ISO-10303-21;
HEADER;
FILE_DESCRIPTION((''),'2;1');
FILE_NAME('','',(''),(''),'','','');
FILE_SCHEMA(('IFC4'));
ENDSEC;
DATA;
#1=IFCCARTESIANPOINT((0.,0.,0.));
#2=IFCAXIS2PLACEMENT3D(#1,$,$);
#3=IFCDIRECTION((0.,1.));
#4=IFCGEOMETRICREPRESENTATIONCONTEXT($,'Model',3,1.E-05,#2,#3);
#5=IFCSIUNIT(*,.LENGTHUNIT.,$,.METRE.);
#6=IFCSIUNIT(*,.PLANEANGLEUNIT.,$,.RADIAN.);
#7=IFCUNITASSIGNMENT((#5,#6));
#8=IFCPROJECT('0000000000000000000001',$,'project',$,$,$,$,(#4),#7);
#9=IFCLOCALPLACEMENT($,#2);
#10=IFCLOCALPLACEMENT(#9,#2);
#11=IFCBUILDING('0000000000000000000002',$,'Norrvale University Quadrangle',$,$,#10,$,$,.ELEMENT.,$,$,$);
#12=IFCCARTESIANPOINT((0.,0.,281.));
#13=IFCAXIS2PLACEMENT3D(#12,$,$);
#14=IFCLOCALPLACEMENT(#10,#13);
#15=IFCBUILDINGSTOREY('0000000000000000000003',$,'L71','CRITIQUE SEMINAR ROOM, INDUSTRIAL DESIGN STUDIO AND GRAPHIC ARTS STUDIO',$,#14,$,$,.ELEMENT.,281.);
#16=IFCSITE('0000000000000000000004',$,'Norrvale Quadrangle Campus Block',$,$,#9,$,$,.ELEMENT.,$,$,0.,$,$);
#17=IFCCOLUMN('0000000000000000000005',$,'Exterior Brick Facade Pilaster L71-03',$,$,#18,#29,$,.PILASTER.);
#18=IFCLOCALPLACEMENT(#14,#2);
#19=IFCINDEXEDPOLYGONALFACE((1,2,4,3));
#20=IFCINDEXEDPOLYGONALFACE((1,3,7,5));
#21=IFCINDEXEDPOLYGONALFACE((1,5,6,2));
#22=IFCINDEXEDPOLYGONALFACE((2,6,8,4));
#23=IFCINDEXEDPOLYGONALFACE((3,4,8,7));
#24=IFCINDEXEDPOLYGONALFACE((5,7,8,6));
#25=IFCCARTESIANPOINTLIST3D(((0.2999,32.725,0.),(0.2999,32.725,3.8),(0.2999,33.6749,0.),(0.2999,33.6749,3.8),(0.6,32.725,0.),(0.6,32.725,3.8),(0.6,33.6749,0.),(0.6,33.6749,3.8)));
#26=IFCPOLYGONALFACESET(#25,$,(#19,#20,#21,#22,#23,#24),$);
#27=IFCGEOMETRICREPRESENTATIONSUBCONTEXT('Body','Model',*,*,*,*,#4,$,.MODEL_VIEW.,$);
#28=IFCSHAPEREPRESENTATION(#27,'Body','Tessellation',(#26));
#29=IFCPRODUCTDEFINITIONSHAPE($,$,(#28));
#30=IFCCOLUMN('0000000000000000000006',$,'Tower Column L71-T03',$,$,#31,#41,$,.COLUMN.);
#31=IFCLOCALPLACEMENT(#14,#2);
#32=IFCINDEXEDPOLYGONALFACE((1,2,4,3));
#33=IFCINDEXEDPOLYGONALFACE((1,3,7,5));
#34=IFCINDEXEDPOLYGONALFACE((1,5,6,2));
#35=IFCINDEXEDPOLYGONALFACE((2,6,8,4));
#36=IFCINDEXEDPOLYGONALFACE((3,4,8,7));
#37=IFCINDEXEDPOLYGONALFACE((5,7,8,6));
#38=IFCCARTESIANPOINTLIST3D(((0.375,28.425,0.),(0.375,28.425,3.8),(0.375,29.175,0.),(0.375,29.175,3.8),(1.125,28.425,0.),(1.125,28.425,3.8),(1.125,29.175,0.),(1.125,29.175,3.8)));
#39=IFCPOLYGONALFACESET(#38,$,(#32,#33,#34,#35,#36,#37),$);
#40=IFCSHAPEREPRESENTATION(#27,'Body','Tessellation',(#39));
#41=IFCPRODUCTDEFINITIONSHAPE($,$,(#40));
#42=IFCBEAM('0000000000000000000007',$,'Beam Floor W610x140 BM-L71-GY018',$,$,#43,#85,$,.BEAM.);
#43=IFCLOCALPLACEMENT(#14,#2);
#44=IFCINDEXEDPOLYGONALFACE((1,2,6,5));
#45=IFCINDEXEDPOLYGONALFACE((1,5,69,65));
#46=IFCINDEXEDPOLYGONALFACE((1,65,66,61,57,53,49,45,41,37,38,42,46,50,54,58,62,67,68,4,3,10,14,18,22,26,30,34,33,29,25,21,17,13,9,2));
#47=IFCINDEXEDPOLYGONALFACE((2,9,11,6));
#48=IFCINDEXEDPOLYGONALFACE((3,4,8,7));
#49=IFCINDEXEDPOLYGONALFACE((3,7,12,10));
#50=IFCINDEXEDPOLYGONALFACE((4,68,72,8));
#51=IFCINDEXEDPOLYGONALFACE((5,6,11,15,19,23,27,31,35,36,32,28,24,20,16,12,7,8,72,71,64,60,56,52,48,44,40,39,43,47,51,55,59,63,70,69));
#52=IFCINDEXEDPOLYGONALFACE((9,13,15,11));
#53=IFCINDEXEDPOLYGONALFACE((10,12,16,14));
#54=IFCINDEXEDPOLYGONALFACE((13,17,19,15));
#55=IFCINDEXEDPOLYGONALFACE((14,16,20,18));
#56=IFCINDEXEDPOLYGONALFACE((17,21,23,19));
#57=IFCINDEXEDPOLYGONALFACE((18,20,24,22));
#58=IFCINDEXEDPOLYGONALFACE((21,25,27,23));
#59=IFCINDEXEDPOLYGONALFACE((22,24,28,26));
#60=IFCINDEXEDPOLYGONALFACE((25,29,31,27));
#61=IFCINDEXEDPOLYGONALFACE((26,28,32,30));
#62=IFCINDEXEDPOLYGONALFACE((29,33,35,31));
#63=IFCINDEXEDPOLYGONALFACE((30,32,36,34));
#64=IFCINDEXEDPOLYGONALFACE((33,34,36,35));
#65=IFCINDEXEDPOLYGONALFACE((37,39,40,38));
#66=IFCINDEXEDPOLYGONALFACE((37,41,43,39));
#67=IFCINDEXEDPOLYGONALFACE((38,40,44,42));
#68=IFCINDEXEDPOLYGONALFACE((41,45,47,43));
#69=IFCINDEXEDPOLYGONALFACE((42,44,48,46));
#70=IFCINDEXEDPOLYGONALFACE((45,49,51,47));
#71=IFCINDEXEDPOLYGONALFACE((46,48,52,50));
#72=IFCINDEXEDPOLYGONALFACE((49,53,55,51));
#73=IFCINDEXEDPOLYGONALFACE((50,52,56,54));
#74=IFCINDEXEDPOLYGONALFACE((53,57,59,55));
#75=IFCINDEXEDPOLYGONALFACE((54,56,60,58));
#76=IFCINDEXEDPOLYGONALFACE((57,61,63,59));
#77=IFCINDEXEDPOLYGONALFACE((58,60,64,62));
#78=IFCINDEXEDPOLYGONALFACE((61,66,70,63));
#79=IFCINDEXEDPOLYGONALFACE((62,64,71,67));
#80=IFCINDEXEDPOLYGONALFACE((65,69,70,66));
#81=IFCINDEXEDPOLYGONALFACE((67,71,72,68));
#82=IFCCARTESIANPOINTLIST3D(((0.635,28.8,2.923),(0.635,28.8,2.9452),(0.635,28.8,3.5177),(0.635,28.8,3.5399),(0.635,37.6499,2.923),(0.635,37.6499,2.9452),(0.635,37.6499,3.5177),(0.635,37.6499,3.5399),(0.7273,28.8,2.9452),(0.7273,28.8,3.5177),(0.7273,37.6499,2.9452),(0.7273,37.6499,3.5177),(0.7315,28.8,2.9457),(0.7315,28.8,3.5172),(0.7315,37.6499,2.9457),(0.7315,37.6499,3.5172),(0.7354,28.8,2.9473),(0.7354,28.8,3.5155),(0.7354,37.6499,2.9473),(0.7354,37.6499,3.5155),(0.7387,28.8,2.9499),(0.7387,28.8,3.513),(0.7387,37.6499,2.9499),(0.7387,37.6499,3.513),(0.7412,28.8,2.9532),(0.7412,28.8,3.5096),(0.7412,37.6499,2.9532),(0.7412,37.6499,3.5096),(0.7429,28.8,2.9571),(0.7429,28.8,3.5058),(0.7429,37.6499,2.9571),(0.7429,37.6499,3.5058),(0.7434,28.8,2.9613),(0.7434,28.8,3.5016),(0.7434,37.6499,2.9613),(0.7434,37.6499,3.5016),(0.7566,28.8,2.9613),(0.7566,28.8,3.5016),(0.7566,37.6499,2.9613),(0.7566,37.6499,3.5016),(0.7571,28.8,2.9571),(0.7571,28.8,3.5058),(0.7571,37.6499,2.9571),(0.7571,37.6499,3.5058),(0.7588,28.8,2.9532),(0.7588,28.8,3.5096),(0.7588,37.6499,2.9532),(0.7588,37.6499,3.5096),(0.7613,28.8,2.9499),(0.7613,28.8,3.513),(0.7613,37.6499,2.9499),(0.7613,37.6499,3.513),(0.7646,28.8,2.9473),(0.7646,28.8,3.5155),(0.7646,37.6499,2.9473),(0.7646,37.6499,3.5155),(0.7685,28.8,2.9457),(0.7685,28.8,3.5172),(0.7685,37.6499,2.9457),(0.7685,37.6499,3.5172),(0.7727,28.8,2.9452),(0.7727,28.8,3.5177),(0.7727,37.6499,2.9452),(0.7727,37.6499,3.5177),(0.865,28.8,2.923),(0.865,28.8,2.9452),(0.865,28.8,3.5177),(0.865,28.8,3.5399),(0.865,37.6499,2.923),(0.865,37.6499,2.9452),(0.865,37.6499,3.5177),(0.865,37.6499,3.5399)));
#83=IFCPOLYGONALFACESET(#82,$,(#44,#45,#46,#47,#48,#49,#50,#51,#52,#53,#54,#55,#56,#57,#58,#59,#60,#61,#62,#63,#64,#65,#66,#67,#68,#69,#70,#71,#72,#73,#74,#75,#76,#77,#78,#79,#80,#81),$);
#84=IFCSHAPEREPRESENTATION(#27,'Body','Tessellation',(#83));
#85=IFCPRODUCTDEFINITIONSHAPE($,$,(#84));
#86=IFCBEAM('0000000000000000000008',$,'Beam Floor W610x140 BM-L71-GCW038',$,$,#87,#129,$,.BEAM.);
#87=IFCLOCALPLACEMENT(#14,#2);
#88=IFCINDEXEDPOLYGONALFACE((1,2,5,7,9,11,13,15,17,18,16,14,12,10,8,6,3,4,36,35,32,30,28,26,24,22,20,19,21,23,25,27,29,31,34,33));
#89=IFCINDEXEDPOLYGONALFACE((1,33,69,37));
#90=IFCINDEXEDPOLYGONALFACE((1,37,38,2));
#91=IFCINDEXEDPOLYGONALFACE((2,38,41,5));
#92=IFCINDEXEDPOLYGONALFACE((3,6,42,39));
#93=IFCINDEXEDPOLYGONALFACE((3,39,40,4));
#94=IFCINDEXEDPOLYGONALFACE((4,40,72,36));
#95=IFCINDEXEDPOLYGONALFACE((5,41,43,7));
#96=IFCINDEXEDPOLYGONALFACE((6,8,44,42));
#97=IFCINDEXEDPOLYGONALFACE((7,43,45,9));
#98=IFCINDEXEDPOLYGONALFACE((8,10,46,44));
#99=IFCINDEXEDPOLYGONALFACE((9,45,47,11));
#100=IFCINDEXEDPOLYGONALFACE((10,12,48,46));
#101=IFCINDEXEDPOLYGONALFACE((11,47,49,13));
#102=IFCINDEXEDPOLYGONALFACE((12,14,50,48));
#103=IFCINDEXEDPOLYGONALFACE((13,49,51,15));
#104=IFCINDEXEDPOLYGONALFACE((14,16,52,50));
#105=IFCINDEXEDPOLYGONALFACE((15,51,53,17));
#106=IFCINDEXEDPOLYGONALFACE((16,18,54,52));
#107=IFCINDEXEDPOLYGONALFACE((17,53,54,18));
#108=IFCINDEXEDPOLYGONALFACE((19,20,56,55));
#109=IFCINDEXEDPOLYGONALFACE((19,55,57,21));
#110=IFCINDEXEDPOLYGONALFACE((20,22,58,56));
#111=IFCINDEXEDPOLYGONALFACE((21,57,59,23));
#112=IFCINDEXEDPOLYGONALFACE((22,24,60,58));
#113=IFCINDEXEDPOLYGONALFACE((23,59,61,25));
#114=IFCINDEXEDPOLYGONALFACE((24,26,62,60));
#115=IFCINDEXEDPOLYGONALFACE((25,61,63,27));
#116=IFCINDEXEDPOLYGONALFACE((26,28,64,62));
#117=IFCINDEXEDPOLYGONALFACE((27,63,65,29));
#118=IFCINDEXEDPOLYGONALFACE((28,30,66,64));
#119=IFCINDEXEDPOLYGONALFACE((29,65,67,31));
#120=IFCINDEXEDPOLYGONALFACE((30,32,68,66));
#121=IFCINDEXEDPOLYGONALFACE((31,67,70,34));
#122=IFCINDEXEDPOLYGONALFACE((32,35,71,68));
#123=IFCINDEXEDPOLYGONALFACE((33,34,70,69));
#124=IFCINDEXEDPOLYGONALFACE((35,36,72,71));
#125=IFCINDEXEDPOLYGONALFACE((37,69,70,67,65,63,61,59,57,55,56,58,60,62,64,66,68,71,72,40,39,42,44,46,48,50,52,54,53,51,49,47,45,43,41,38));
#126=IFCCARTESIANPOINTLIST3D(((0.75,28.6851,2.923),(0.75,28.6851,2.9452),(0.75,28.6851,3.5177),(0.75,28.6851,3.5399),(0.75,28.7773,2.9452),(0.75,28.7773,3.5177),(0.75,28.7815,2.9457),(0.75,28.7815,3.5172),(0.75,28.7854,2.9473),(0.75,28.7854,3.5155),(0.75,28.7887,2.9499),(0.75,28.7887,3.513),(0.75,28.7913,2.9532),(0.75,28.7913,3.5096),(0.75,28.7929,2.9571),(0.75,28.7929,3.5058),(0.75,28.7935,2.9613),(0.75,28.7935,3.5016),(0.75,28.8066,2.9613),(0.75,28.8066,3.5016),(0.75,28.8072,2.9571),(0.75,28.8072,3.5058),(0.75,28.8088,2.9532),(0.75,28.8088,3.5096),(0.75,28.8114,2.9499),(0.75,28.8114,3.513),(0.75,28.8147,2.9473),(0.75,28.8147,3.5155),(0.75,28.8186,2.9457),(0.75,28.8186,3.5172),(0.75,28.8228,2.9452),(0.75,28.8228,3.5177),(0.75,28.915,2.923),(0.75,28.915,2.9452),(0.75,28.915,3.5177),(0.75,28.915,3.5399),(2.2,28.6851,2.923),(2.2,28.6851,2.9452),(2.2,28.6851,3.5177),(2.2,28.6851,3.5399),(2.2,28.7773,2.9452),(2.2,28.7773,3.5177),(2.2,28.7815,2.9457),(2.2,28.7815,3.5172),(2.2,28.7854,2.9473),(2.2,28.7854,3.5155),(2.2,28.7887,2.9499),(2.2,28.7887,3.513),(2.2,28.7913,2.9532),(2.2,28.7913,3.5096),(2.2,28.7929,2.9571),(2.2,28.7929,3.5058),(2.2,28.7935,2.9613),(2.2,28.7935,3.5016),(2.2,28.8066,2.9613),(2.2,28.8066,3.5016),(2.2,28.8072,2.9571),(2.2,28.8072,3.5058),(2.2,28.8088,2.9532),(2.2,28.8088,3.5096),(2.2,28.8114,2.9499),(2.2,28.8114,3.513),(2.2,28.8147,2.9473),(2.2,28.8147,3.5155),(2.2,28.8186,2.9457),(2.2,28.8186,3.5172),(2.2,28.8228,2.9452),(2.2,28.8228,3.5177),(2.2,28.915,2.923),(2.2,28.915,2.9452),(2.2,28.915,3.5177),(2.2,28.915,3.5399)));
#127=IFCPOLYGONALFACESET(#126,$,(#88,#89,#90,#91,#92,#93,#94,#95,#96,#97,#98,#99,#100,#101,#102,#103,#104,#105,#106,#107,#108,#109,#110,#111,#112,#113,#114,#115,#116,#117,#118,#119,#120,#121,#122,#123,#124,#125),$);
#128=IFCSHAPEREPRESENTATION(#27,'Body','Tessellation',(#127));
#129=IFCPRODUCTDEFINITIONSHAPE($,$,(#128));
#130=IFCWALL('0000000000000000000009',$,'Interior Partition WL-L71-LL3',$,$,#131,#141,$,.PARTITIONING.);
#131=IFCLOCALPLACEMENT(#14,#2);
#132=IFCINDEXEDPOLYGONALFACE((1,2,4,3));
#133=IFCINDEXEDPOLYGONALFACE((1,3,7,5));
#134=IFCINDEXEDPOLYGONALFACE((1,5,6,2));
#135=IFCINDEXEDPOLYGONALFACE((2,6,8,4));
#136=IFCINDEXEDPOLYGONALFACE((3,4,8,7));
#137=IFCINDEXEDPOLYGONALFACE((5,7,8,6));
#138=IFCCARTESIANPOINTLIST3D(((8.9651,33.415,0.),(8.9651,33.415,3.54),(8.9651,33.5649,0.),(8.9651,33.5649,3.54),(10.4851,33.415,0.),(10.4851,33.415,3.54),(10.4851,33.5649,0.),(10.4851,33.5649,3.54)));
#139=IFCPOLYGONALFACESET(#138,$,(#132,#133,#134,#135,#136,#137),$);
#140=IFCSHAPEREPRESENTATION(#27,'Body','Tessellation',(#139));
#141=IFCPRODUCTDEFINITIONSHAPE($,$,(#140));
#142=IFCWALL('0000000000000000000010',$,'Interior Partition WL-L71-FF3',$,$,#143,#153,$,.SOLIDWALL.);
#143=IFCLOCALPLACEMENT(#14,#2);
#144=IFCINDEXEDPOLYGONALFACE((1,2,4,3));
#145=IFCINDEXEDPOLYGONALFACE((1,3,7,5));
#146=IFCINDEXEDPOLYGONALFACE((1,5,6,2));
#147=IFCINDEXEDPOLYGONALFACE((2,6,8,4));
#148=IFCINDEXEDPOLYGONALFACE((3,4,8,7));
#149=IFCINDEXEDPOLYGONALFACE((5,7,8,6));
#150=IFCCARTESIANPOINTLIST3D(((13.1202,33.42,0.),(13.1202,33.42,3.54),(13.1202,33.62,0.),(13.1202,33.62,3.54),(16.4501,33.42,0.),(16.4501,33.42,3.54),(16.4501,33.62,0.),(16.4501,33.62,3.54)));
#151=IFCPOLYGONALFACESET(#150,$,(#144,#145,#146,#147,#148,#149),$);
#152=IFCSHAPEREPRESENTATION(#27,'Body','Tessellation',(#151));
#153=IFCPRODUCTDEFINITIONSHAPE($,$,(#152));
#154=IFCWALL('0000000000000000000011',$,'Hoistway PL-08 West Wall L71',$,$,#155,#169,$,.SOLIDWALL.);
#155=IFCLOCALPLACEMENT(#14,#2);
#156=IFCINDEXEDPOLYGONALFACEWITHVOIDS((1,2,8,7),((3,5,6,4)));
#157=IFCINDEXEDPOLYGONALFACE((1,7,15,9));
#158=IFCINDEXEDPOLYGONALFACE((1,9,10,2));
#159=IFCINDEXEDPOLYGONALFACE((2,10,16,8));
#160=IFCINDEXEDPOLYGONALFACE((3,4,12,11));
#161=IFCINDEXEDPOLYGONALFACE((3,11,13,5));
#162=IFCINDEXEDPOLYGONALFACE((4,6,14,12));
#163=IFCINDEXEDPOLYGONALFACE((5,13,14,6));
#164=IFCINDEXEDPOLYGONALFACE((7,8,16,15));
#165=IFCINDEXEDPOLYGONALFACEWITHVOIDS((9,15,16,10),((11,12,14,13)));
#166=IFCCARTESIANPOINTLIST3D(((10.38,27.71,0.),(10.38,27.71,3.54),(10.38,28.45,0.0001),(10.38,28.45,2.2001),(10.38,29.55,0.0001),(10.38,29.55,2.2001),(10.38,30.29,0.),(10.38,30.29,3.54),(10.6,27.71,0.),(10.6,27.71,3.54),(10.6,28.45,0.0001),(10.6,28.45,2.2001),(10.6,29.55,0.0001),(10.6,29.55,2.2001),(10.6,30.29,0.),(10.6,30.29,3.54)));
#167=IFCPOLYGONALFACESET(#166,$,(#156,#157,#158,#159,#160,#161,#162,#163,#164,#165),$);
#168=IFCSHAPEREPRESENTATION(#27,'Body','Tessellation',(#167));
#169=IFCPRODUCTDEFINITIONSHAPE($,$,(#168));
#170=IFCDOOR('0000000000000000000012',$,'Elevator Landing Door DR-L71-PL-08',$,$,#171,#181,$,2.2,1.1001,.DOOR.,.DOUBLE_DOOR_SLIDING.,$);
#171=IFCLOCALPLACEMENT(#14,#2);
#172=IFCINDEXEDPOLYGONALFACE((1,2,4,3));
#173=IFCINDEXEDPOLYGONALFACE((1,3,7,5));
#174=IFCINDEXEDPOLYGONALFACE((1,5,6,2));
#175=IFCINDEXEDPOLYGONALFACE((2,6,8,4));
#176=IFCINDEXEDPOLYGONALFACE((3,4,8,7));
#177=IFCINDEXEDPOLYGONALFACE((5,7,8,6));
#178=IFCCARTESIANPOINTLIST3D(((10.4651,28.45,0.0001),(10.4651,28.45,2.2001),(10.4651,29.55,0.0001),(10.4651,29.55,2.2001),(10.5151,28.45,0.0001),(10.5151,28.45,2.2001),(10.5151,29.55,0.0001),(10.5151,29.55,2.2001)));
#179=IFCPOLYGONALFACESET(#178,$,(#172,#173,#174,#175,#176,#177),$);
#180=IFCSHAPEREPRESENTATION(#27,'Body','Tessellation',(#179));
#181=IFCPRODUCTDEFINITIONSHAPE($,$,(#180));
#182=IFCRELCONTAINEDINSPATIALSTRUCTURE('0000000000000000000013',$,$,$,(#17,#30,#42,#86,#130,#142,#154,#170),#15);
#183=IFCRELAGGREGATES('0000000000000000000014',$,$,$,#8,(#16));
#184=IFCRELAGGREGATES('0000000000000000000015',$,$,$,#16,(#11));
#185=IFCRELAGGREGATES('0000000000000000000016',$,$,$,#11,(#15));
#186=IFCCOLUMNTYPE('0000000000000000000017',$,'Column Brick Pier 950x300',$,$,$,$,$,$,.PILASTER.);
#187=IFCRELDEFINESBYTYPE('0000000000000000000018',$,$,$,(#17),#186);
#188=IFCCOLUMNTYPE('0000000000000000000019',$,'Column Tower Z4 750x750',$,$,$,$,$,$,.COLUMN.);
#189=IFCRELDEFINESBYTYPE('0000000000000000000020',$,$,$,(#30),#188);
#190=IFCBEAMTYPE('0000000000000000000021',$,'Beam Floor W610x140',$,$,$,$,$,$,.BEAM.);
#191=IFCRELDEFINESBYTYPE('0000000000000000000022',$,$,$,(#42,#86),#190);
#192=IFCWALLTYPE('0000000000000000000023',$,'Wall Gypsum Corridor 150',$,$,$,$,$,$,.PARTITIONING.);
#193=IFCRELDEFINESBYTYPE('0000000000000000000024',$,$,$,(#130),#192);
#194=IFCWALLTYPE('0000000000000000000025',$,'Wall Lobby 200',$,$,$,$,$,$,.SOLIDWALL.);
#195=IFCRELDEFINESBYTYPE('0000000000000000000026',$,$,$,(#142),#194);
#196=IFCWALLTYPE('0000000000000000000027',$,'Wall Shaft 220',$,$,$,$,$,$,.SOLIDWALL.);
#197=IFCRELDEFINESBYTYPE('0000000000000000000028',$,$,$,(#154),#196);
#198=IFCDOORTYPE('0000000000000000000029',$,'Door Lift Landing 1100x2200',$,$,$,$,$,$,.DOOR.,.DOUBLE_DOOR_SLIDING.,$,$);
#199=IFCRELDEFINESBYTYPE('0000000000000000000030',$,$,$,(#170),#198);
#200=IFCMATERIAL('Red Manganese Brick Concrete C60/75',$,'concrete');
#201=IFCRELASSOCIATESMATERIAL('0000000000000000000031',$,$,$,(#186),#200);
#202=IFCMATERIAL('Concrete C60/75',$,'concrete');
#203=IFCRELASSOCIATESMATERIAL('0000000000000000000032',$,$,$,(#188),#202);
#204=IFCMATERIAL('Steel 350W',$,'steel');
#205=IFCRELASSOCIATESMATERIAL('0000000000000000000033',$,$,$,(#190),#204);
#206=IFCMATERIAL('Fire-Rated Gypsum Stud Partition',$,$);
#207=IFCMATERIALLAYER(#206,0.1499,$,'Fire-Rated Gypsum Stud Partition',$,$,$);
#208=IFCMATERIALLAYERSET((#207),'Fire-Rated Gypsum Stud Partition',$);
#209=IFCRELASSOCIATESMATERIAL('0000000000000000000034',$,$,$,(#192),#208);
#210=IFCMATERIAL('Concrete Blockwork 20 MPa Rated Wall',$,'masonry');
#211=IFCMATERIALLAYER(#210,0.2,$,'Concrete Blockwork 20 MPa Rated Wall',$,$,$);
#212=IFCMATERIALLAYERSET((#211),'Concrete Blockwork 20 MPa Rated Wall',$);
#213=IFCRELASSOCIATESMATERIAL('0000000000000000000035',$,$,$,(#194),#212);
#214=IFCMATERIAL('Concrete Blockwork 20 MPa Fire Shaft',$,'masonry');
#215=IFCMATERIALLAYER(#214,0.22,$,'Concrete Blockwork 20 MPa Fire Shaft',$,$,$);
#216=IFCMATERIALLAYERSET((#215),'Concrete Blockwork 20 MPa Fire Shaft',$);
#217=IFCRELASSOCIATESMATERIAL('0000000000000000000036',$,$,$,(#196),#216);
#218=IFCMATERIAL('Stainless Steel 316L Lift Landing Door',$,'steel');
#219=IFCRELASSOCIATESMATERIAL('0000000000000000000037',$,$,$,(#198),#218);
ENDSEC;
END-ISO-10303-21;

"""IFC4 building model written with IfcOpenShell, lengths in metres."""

from ifc_helpers import new_model, si_unit, direction, frame, frame_2d, origin, origin_2d, place, context, subcontext, project, spatial, rectangle, i_section, extrude, material, layer, layer_set, material_profile, profile_set, type_object, element, fill, save


model = new_model("IFC4")

# Units and contexts
model_context = context("Model", 3, precision=1e-05, world=origin(), true_north=direction((0.0, 1.0)))
body_context = subcontext(model_context, "Body", "Model", "MODEL_VIEW")
ifc_project = project(units=[si_unit("LENGTHUNIT", "METRE"), si_unit("PLANEANGLEUNIT", "RADIAN")], contexts=[model_context])

# Site, building, storey
site_placement = place(None, origin())
site = spatial("IfcSite", under=ifc_project, at=site_placement, Name="Norrvale Quadrangle Campus Block", CompositionType="ELEMENT", RefElevation=0.0)
building_placement = place(site_placement, origin())
building = spatial("IfcBuilding", under=site, at=building_placement, Name="Norrvale University Quadrangle", CompositionType="ELEMENT")
storey_placement = place(building_placement, frame((0.0, 0.0, 281.0)))
storey = spatial("IfcBuildingStorey", under=building, at=storey_placement, Name="L71", Description="CRITIQUE SEMINAR ROOM, INDUSTRIAL DESIGN STUDIO AND GRAPHIC ARTS STUDIO", CompositionType="ELEMENT", Elevation=281.0)

# Columns
ifc_material_1 = material(Name="Red Manganese Brick Concrete C60/75", Category="concrete")
ifc_material_profile_1 = material_profile(ifc_material_1, rectangle(XDim=0.95, YDim=0.3, at=origin_2d()), Name="Red Manganese Brick Concrete C60/75")
ifc_profile_set_1 = profile_set([ifc_material_profile_1], Name="Red Manganese Brick Concrete C60/75")
column_type_1 = type_object("IfcColumnType", Name="Column Brick Pier 950x300", PredefinedType="PILASTER", material=ifc_profile_set_1)
column_1_placement = place(storey_placement, frame((0.45, 33.2, 0.0), z_axis=(0.0, 0.0, 1.0), x_axis=(0.0, 1.0, 0.0)))
element("IfcColumn", 1, at=column_1_placement, inside=storey, type_object=column_type_1, Name="Exterior Brick Facade Pilaster L71-03", PredefinedType="PILASTER", context=body_context, shape_type="SweptSolid", body=[
    extrude(rectangle(XDim=0.95, YDim=0.3, at=origin_2d()), origin(), (0.0, 0.0, 1.0), 3.8),
])
ifc_material_2 = material(Name="Concrete C60/75", Category="concrete")
ifc_material_profile_2 = material_profile(ifc_material_2, rectangle(XDim=0.75, YDim=0.75, at=origin_2d()), Name="Concrete C60/75")
ifc_profile_set_2 = profile_set([ifc_material_profile_2], Name="Concrete C60/75")
column_type_2 = type_object("IfcColumnType", Name="Column Tower Z4 750x750", PredefinedType="COLUMN", material=ifc_profile_set_2)
column_2_placement = place(storey_placement, frame((0.75, 28.8, 0.0), z_axis=(0.0, 0.0, 1.0), x_axis=(1.0, 0.0, 0.0)))
element("IfcColumn", 2, at=column_2_placement, inside=storey, type_object=column_type_2, Name="Tower Column L71-T03", PredefinedType="COLUMN", context=body_context, shape_type="SweptSolid", body=[
    extrude(rectangle(XDim=0.75, YDim=0.75, at=origin_2d()), origin(), (0.0, 0.0, 1.0), 3.8),
])

# Beams
ifc_material_3 = material(Name="Steel 350W", Category="steel")
ifc_material_profile_3 = material_profile(ifc_material_3, i_section(OverallWidth=0.23, OverallDepth=0.6169, WebThickness=0.0132, FlangeThickness=0.0222, FilletRadius=0.0161, at=origin_2d()), Name="Steel 350W")
ifc_profile_set_3 = profile_set([ifc_material_profile_3], Name="Steel 350W")
beam_type = type_object("IfcBeamType", Name="Beam Floor W610x140", PredefinedType="BEAM", material=ifc_profile_set_3)
beam_1_placement = place(storey_placement, frame((0.75, 28.8, 3.2314), z_axis=(0.0, 1.0, 0.0), x_axis=(-1.0, 0.0, 0.0)))
element("IfcBeam", 3, at=beam_1_placement, inside=storey, type_object=beam_type, Name="Beam Floor W610x140 BM-L71-GY018", PredefinedType="BEAM", context=body_context, shape_type="SweptSolid", body=[
    extrude(i_section(OverallWidth=0.23, OverallDepth=0.6169, WebThickness=0.0132, FlangeThickness=0.0222, FilletRadius=0.0161, at=origin_2d()), origin(), (0.0, 0.0, 1.0), 8.8499),
])
beam_2_placement = place(storey_placement, frame((0.75, 28.8, 3.2314), z_axis=(1.0, 0.0, 0.0), x_axis=(0.0, 1.0, 0.0)))
element("IfcBeam", 4, at=beam_2_placement, inside=storey, type_object=beam_type, Name="Beam Floor W610x140 BM-L71-GCW038", PredefinedType="BEAM", context=body_context, shape_type="SweptSolid", body=[
    extrude(i_section(OverallWidth=0.23, OverallDepth=0.6169, WebThickness=0.0132, FlangeThickness=0.0222, FilletRadius=0.0161, at=origin_2d()), origin(), (0.0, 0.0, 1.0), 1.45),
])

# Walls
ifc_material_4 = material(Name="Fire-Rated Gypsum Stud Partition")
ifc_layer_1 = layer(ifc_material_4, 0.1499, Name="Fire-Rated Gypsum Stud Partition")
ifc_layer_set_1 = layer_set([ifc_layer_1], Name="Fire-Rated Gypsum Stud Partition")
wall_type_1 = type_object("IfcWallType", Name="Wall Gypsum Corridor 150", PredefinedType="PARTITIONING", material=ifc_layer_set_1)
wall_1_placement = place(storey_placement, frame((8.9651, 33.49, 0.0), z_axis=(0.0, 0.0, 1.0), x_axis=(1.0, 0.0, 0.0)))
element("IfcWall", 5, at=wall_1_placement, inside=storey, type_object=wall_type_1, Name="Interior Partition WL-L71-LL3", PredefinedType="PARTITIONING", context=body_context, shape_type="SweptSolid", body=[
    extrude(rectangle(XDim=1.52, YDim=0.1499, at=frame_2d((0.76, 0.0))), origin(), (0.0, 0.0, 1.0), 3.54),
])
ifc_material_5 = material(Name="Concrete Blockwork 20 MPa Rated Wall", Category="masonry")
ifc_layer_2 = layer(ifc_material_5, 0.2, Name="Concrete Blockwork 20 MPa Rated Wall")
ifc_layer_set_2 = layer_set([ifc_layer_2], Name="Concrete Blockwork 20 MPa Rated Wall")
wall_type_2 = type_object("IfcWallType", Name="Wall Lobby 200", PredefinedType="SOLIDWALL", material=ifc_layer_set_2)
wall_2_placement = place(storey_placement, frame((13.1201, 33.52, 0.0), z_axis=(0.0, 0.0, 1.0), x_axis=(1.0, 0.0, 0.0)))
element("IfcWall", 6, at=wall_2_placement, inside=storey, type_object=wall_type_2, Name="Interior Partition WL-L71-FF3", PredefinedType="SOLIDWALL", context=body_context, shape_type="SweptSolid", body=[
    extrude(rectangle(XDim=3.3298, YDim=0.2, at=frame_2d((1.665, 0.0))), origin(), (0.0, 0.0, 1.0), 3.54),
])

# Wall, opening, door
ifc_material_6 = material(Name="Concrete Blockwork 20 MPa Fire Shaft", Category="masonry")
ifc_layer_3 = layer(ifc_material_6, 0.22, Name="Concrete Blockwork 20 MPa Fire Shaft")
ifc_layer_set_3 = layer_set([ifc_layer_3], Name="Concrete Blockwork 20 MPa Fire Shaft")
wall_type_3 = type_object("IfcWallType", Name="Wall Shaft 220", PredefinedType="SOLIDWALL", material=ifc_layer_set_3)
wall_3_placement = place(storey_placement, frame((10.49, 27.71, 0.0), z_axis=(0.0, 0.0, 1.0), x_axis=(0.0, 1.0, 0.0)))
wall_3 = element("IfcWall", 7, at=wall_3_placement, inside=storey, type_object=wall_type_3, Name="Hoistway PL-08 West Wall L71", PredefinedType="SOLIDWALL", context=body_context, shape_type="SweptSolid", body=[
    extrude(rectangle(XDim=2.5801, YDim=0.22, at=frame_2d((1.29, 0.0))), origin(), (0.0, 0.0, 1.0), 3.54),
])
opening_1_placement = place(wall_3_placement, frame((0.74, 0.0, 0.0)))
opening_1 = element("IfcOpeningElement", 8, at=opening_1_placement, cuts=wall_3, PredefinedType="OPENING", context=body_context, shape_type="SweptSolid", body=[
    extrude(rectangle(XDim=1.1001, YDim=2.2, at=frame_2d((0.55, 1.1001))), frame((0.0, 0.1221, 0.0), z_axis=(0.0, -1.0, 0.0), x_axis=(1.0, 0.0, 0.0)), (0.0, 0.0, 1.0), 0.2439),
])
ifc_material_7 = material(Name="Stainless Steel 316L Lift Landing Door", Category="steel")
door_type_1 = type_object("IfcDoorType", Name="Door Lift Landing 1100x2200", OperationType="DOUBLE_DOOR_SLIDING", PredefinedType="DOOR", material=ifc_material_7)
door_1_placement = place(opening_1_placement, origin())
door_1 = element("IfcDoor", 9, at=door_1_placement, inside=storey, type_object=door_type_1, Name="Elevator Landing Door DR-L71-PL-08", OperationType="DOUBLE_DOOR_SLIDING", OverallHeight=2.2, OverallWidth=1.1001, PredefinedType="DOOR", context=body_context, shape_type="SweptSolid", body=[
    extrude(rectangle(XDim=1.1001, YDim=2.2, at=frame_2d((0.55, 1.1001))), frame((0.0, 0.0249, 0.0), z_axis=(0.0, -1.0, 0.0), x_axis=(1.0, 0.0, 0.0)), (0.0, 0.0, 1.0), 0.05),
])
fill(opening_1, door_1)

save(model, "model.ifc")
